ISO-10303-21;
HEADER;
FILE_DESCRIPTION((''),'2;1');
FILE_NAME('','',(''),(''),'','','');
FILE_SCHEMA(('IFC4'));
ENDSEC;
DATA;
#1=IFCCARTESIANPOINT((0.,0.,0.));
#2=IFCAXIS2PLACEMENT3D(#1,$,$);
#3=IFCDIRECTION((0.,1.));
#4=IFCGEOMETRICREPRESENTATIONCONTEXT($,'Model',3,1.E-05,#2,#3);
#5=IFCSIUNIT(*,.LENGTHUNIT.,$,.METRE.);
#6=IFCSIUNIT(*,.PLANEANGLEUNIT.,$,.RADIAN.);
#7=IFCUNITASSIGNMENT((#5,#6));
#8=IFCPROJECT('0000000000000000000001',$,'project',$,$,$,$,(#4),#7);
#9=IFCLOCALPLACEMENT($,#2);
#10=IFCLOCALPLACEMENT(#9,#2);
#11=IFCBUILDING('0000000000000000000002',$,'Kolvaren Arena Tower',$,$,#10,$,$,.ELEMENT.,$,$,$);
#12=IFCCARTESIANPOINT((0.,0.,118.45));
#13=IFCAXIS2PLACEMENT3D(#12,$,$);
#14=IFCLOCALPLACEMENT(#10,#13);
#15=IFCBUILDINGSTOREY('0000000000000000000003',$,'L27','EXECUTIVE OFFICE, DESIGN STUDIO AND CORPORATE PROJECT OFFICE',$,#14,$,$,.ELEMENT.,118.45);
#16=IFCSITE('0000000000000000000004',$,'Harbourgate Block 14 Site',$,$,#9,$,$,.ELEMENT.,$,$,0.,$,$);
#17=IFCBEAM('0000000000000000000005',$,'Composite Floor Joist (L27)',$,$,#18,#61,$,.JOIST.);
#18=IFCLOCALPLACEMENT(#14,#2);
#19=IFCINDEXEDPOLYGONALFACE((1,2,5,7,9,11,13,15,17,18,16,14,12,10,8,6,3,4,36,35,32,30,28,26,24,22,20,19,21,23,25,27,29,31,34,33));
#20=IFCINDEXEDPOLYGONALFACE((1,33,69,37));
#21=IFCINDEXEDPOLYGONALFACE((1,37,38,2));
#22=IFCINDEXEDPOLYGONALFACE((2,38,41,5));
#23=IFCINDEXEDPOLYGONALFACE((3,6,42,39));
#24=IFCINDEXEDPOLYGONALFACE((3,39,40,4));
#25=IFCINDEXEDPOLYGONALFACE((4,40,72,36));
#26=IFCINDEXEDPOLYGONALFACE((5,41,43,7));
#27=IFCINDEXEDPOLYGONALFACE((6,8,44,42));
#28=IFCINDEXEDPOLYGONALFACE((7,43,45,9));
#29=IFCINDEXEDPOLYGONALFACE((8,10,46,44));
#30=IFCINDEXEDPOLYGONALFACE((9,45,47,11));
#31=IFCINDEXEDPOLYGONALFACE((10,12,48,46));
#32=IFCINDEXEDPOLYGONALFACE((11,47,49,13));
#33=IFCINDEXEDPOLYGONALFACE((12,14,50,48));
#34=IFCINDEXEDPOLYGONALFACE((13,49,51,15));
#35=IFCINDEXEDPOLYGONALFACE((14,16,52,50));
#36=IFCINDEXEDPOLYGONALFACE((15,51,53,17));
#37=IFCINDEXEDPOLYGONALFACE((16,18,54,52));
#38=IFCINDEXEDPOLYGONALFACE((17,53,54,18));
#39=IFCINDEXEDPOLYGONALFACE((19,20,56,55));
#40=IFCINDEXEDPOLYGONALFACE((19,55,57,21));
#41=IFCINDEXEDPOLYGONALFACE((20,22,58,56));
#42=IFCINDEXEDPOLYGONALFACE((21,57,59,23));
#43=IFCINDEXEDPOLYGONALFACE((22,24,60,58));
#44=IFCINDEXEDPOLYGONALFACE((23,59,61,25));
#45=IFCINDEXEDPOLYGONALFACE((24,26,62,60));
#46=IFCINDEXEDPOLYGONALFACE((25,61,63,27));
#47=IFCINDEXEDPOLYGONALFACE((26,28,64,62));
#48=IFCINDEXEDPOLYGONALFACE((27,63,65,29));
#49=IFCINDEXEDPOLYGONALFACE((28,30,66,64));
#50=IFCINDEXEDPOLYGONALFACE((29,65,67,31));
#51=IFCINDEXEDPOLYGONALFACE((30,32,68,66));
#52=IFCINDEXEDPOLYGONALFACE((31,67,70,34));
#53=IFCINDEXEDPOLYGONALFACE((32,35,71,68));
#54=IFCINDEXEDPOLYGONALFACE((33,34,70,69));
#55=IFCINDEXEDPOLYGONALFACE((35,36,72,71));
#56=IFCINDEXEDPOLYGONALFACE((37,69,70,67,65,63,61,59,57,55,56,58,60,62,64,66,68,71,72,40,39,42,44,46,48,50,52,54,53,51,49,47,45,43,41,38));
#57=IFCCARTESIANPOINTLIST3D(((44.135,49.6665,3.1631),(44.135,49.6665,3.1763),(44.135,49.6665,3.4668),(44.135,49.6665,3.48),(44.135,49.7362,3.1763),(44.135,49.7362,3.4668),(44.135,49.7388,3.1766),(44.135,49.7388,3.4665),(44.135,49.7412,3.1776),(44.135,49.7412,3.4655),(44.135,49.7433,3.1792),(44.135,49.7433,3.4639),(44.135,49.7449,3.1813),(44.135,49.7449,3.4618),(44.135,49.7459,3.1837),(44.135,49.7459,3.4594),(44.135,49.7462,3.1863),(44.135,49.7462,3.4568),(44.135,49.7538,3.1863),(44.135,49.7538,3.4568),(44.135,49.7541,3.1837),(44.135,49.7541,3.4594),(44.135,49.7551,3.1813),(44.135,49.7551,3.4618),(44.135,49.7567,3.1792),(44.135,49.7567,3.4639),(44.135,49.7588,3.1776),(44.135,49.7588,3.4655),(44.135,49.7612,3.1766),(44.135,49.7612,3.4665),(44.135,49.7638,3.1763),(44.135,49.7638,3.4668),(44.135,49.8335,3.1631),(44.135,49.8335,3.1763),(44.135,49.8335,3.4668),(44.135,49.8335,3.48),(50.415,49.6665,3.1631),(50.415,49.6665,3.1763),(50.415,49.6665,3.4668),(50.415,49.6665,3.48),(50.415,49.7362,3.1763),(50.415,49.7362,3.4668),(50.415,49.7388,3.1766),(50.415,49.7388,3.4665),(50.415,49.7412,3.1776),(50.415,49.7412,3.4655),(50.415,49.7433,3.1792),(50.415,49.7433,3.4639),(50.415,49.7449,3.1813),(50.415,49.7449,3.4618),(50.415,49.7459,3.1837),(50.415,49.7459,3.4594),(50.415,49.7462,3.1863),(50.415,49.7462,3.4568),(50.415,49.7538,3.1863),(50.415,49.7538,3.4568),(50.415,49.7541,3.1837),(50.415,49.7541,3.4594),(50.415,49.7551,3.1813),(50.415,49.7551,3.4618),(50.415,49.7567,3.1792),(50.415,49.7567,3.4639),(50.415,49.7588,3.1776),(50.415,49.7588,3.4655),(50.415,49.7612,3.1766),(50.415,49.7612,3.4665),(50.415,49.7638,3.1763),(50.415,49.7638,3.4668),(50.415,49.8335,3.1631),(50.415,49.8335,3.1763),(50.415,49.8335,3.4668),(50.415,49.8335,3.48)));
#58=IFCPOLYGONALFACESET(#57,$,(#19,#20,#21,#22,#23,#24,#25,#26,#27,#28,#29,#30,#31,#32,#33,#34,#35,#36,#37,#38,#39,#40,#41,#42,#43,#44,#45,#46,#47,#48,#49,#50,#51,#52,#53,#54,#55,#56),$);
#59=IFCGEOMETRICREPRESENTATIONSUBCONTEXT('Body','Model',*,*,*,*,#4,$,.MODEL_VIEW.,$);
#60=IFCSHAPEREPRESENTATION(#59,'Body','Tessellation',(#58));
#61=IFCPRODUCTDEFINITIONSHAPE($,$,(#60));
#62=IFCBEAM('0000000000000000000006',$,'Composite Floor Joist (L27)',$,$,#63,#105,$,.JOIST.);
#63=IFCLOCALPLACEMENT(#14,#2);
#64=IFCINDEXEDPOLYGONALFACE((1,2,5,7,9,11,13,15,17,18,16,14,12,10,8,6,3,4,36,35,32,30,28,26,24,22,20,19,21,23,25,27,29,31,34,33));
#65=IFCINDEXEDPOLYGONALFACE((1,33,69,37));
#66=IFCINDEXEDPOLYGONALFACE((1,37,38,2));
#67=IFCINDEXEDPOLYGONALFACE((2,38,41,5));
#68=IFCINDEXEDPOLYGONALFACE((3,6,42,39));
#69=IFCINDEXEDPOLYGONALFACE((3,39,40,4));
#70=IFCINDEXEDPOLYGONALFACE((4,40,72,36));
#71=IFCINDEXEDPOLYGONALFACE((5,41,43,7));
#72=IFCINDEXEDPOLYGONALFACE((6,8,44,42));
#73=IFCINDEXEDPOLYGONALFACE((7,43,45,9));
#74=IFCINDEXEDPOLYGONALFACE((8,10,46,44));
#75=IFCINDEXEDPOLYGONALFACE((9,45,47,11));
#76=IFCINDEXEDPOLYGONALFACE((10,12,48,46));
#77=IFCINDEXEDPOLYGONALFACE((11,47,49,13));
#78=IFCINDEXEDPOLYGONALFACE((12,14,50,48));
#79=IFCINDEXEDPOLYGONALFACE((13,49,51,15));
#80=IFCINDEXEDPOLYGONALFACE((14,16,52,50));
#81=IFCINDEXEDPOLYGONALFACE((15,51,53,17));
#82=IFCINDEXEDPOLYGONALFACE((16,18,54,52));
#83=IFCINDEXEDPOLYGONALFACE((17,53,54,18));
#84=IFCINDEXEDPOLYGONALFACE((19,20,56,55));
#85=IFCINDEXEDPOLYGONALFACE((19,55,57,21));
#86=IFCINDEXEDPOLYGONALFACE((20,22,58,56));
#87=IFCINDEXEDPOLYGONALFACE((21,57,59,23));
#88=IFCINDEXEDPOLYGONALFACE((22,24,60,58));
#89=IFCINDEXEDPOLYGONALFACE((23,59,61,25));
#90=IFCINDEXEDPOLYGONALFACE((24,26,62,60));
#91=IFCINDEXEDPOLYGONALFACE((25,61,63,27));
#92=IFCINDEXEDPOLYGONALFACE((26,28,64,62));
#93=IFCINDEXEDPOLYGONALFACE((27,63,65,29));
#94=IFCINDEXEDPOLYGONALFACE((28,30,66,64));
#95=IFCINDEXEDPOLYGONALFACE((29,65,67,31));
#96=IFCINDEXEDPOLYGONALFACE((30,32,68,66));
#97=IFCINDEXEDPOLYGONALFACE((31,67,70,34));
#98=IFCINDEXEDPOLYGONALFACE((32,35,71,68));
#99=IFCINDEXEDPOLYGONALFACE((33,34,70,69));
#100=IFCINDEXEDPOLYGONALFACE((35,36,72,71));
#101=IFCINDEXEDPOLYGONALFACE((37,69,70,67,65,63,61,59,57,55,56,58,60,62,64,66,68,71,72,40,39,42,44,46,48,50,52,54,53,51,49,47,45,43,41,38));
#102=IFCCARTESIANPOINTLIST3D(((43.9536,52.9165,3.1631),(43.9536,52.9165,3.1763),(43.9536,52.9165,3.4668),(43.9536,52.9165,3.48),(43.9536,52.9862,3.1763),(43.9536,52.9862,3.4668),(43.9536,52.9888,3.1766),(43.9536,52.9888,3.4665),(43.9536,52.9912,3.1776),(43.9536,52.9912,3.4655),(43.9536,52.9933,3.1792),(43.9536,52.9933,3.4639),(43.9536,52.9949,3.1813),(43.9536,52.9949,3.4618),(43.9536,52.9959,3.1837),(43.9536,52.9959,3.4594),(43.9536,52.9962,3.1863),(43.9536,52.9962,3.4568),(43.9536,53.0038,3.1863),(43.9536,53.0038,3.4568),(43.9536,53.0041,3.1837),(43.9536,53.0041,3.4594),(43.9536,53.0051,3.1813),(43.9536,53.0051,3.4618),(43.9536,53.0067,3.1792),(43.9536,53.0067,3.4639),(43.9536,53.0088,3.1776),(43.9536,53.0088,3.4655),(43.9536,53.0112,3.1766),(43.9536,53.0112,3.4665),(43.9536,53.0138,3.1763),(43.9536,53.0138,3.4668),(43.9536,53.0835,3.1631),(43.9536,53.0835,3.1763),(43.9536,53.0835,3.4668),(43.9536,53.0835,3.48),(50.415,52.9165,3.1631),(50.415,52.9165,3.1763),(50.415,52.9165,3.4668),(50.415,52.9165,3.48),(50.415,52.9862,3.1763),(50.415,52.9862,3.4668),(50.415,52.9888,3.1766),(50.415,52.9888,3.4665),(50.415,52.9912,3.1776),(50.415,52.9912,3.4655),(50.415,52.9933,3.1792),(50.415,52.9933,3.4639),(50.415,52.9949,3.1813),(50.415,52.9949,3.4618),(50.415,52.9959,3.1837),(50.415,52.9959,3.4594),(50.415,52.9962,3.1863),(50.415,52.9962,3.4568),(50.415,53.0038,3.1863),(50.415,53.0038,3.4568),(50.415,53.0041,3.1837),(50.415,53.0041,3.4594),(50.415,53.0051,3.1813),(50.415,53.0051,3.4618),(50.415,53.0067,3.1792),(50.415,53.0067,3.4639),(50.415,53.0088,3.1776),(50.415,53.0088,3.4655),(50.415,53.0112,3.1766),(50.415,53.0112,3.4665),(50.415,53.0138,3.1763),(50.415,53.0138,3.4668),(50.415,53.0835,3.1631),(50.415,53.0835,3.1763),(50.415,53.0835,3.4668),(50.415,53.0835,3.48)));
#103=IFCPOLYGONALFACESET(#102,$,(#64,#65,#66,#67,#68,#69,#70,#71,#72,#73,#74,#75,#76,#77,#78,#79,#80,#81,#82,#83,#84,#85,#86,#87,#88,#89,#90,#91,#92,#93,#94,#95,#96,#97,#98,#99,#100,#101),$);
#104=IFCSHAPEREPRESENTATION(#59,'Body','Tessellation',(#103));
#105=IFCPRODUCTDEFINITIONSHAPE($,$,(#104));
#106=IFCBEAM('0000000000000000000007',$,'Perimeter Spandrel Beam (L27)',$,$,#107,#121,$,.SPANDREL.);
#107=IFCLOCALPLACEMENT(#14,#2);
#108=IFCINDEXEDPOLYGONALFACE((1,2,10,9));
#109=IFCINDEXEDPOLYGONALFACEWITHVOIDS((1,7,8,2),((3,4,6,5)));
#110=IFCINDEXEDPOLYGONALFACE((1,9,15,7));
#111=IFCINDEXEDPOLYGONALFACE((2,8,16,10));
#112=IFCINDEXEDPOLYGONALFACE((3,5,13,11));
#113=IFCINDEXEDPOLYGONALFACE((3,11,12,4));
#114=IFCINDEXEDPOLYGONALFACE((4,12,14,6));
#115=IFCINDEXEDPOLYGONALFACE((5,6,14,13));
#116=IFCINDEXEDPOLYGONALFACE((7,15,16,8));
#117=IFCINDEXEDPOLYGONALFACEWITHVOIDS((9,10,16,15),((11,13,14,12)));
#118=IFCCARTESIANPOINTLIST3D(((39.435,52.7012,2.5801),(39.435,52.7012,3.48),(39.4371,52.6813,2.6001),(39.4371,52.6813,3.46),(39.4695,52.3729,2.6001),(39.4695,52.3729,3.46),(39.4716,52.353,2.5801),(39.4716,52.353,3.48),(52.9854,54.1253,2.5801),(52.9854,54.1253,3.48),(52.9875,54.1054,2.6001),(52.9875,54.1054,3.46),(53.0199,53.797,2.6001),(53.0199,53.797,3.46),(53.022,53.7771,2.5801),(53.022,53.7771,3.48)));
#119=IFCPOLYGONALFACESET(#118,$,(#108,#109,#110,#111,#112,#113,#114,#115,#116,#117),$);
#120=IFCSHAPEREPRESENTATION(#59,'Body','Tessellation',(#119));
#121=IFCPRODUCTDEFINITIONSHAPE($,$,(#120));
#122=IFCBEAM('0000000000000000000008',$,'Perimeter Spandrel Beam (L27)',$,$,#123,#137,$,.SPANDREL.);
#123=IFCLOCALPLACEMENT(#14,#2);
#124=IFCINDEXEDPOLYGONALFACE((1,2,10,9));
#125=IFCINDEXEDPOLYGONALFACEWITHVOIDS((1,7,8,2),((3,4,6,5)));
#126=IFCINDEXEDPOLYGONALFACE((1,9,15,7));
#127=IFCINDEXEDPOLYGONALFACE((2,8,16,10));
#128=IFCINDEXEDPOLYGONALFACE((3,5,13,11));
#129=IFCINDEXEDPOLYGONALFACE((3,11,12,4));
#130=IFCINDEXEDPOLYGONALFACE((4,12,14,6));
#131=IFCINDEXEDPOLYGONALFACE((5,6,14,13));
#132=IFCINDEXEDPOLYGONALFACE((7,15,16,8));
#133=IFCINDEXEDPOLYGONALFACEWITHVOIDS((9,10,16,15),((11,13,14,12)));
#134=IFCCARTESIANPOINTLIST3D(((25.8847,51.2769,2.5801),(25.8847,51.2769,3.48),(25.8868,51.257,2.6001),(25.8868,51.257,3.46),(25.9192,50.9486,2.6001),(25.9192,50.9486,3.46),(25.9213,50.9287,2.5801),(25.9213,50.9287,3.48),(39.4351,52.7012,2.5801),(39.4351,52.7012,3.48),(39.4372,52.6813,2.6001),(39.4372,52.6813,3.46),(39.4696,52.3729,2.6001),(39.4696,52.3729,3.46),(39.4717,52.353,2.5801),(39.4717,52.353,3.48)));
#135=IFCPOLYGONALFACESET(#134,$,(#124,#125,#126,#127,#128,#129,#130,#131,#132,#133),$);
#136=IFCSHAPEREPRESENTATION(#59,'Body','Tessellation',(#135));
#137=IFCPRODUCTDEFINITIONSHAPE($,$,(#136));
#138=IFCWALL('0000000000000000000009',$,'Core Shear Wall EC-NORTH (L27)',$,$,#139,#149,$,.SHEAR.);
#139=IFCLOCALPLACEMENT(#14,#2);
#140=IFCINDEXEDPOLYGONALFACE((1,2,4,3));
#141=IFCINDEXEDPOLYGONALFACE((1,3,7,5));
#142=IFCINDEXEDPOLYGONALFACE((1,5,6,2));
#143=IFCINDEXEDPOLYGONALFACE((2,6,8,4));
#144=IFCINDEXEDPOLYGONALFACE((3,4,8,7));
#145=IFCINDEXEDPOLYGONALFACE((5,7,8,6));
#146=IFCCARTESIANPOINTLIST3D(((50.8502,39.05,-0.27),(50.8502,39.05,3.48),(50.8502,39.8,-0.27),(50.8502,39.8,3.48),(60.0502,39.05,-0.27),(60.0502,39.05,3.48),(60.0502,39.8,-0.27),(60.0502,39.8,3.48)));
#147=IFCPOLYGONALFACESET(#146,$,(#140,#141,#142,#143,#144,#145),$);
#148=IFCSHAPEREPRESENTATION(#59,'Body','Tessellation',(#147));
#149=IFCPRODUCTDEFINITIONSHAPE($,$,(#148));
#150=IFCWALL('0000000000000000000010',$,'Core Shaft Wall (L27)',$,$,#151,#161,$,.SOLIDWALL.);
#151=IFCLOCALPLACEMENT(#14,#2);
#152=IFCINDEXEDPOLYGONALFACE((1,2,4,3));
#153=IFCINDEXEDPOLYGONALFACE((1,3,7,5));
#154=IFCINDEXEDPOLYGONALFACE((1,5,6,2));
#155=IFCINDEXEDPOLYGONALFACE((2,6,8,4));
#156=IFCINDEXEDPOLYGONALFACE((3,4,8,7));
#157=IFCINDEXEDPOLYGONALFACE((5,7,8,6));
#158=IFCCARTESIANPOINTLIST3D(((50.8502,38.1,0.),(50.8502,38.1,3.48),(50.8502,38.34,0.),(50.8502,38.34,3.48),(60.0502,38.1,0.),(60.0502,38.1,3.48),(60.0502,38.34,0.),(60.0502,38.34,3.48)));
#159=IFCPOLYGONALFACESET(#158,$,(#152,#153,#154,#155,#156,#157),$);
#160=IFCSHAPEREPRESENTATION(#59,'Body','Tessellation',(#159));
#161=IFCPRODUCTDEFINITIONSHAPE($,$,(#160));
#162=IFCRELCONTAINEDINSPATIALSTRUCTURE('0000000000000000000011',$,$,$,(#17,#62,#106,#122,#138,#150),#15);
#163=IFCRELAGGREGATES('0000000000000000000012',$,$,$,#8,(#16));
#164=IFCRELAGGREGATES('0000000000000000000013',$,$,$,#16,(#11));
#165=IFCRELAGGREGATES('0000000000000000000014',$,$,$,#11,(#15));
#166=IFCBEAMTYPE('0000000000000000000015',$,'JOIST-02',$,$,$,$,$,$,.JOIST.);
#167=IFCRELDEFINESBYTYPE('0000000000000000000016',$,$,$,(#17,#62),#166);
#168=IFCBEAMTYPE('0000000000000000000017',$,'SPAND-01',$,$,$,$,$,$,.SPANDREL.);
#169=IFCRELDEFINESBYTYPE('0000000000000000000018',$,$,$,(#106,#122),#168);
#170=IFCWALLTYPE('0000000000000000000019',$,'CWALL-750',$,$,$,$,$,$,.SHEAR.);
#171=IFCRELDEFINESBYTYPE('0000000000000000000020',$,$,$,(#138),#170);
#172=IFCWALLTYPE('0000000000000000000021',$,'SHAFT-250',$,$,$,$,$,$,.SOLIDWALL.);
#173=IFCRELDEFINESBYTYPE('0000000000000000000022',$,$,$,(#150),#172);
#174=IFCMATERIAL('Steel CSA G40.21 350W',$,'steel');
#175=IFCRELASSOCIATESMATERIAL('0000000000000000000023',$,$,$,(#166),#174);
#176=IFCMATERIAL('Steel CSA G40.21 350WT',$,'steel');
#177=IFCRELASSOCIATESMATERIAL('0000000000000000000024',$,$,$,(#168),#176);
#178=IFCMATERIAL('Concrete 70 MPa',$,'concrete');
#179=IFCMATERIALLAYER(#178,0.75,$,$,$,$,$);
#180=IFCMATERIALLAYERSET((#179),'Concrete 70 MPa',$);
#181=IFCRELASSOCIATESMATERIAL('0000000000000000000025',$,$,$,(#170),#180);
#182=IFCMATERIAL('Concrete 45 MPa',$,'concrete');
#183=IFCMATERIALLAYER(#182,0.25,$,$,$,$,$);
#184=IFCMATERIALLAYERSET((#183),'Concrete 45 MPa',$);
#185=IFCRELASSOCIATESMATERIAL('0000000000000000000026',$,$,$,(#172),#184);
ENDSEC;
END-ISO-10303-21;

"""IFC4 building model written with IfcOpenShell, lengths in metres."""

from ifc_helpers import new_model, si_unit, direction, frame, frame_2d, origin, origin_2d, place, context, subcontext, project, spatial, rectangle, hollow_rectangle, i_section, extrude, material, layer, layer_set, material_profile, profile_set, type_object, element, save


model = new_model("IFC4")

# Units and contexts
model_context = context("Model", 3, precision=1e-05, world=origin(), true_north=direction((0.0, 1.0)))
body_context = subcontext(model_context, "Body", "Model", "MODEL_VIEW")
ifc_project = project(units=[si_unit("LENGTHUNIT", "METRE"), si_unit("PLANEANGLEUNIT", "RADIAN")], contexts=[model_context])

# Site, building, storey
site_placement = place(None, origin())
site = spatial("IfcSite", under=ifc_project, at=site_placement, Name="Harbourgate Block 14 Site", CompositionType="ELEMENT", RefElevation=0.0)
building_placement = place(site_placement, origin())
building = spatial("IfcBuilding", under=site, at=building_placement, Name="Kolvaren Arena Tower", CompositionType="ELEMENT")
storey_placement = place(building_placement, frame((0.0, 0.0, 118.45)))
storey = spatial("IfcBuildingStorey", under=building, at=storey_placement, Name="L27", Description="EXECUTIVE OFFICE, DESIGN STUDIO AND CORPORATE PROJECT OFFICE", CompositionType="ELEMENT", Elevation=118.45)

# Beams
ifc_material_1 = material(Name="Steel CSA G40.21 350W", Category="steel")
ifc_material_profile_1 = material_profile(ifc_material_1, i_section(OverallWidth=0.167, OverallDepth=0.3169, WebThickness=0.0076, FlangeThickness=0.0132, FilletRadius=0.01, at=origin_2d()), Name="W310x52")
ifc_profile_set_1 = profile_set([ifc_material_profile_1], Name="Steel CSA G40.21 350W")
beam_type_1 = type_object("IfcBeamType", Name="JOIST-02", PredefinedType="JOIST", material=ifc_profile_set_1)
for number, where, z_axis, x_axis, name in (
    (1, (44.135, 49.75, 3.3215), (1.0, 0.0, 0.0), (0.0, 1.0, 0.0), "Composite Floor Joist (L27)"),
):
    element("IfcBeam", number, at=place(storey_placement, frame(where, z_axis=z_axis, x_axis=x_axis)), inside=storey, type_object=beam_type_1, Name=name, PredefinedType="JOIST", context=body_context, shape_type="SweptSolid", body=[
        extrude(i_section(OverallWidth=0.167, OverallDepth=0.3169, WebThickness=0.0076, FlangeThickness=0.0132, FilletRadius=0.01, at=origin_2d()), origin(), (0.0, 0.0, 1.0), 6.28),
    ])
beam_1_placement = place(storey_placement, frame((43.9536, 53.0, 3.3215), z_axis=(1.0, 0.0, 0.0), x_axis=(0.0, 1.0, 0.0)))
element("IfcBeam", 2, at=beam_1_placement, inside=storey, type_object=beam_type_1, Name="Composite Floor Joist (L27)", PredefinedType="JOIST", context=body_context, shape_type="SweptSolid", body=[
    extrude(i_section(OverallWidth=0.167, OverallDepth=0.3169, WebThickness=0.0076, FlangeThickness=0.0132, FilletRadius=0.01, at=origin_2d()), origin(), (0.0, 0.0, 1.0), 6.4614),
])
ifc_material_2 = material(Name="Steel CSA G40.21 350WT", Category="steel")
ifc_material_profile_2 = material_profile(ifc_material_2, hollow_rectangle(XDim=0.3501, YDim=0.8999, WallThickness=0.02, at=origin_2d()), Name="HSS 900x350x20")
ifc_profile_set_2 = profile_set([ifc_material_profile_2], Name="Steel CSA G40.21 350WT")
beam_type_2 = type_object("IfcBeamType", Name="SPAND-01", PredefinedType="SPANDREL", material=ifc_profile_set_2)
for number, where, z_axis, x_axis, name in (
    (3, (53.0037, 53.9512, 3.03), (-0.994523, -0.10452, 0.0), (0.10452, -0.994523, 0.0), "Perimeter Spandrel Beam (L27)"),
    (4, (39.4534, 52.5271, 3.03), (-0.994521, -0.104537, 0.0), (0.104537, -0.994521, 0.0), "Perimeter Spandrel Beam (L27)"),
):
    element("IfcBeam", number, at=place(storey_placement, frame(where, z_axis=z_axis, x_axis=x_axis)), inside=storey, type_object=beam_type_2, Name=name, PredefinedType="SPANDREL", context=body_context, shape_type="SweptSolid", body=[
        extrude(hollow_rectangle(XDim=0.3501, YDim=0.8999, WallThickness=0.02, at=origin_2d()), origin(), (0.0, 0.0, 1.0), 13.625),
    ])

# Walls
ifc_material_3 = material(Name="Concrete 70 MPa", Category="concrete")
ifc_layer_1 = layer(ifc_material_3, 0.75)
ifc_layer_set_1 = layer_set([ifc_layer_1], Name="Concrete 70 MPa")
wall_type_1 = type_object("IfcWallType", Name="CWALL-750", PredefinedType="SHEAR", material=ifc_layer_set_1)
wall_1_placement = place(storey_placement, frame((50.8501, 39.425, -0.27), z_axis=(0.0, 0.0, 1.0), x_axis=(1.0, 0.0, 0.0)))
element("IfcWall", 5, at=wall_1_placement, inside=storey, type_object=wall_type_1, Name="Core Shear Wall EC-NORTH (L27)", PredefinedType="SHEAR", context=body_context, shape_type="SweptSolid", body=[
    extrude(rectangle(XDim=9.2, YDim=0.75, at=frame_2d((4.6001, 0.0))), origin(), (0.0, 0.0, 1.0), 3.75),
])
ifc_material_4 = material(Name="Concrete 45 MPa", Category="concrete")
ifc_layer_2 = layer(ifc_material_4, 0.25)
ifc_layer_set_2 = layer_set([ifc_layer_2], Name="Concrete 45 MPa")
wall_type_2 = type_object("IfcWallType", Name="SHAFT-250", PredefinedType="SOLIDWALL", material=ifc_layer_set_2)
wall_2_placement = place(storey_placement, frame((50.8501, 38.22, 0.0), z_axis=(0.0, 0.0, 1.0), x_axis=(1.0, 0.0, 0.0)))
element("IfcWall", 6, at=wall_2_placement, inside=storey, type_object=wall_type_2, Name="Core Shaft Wall (L27)", PredefinedType="SOLIDWALL", context=body_context, shape_type="SweptSolid", body=[
    extrude(rectangle(XDim=9.2, YDim=0.24, at=frame_2d((4.6001, 0.0))), origin(), (0.0, 0.0, 1.0), 3.48),
])

save(model, "model.ifc")
